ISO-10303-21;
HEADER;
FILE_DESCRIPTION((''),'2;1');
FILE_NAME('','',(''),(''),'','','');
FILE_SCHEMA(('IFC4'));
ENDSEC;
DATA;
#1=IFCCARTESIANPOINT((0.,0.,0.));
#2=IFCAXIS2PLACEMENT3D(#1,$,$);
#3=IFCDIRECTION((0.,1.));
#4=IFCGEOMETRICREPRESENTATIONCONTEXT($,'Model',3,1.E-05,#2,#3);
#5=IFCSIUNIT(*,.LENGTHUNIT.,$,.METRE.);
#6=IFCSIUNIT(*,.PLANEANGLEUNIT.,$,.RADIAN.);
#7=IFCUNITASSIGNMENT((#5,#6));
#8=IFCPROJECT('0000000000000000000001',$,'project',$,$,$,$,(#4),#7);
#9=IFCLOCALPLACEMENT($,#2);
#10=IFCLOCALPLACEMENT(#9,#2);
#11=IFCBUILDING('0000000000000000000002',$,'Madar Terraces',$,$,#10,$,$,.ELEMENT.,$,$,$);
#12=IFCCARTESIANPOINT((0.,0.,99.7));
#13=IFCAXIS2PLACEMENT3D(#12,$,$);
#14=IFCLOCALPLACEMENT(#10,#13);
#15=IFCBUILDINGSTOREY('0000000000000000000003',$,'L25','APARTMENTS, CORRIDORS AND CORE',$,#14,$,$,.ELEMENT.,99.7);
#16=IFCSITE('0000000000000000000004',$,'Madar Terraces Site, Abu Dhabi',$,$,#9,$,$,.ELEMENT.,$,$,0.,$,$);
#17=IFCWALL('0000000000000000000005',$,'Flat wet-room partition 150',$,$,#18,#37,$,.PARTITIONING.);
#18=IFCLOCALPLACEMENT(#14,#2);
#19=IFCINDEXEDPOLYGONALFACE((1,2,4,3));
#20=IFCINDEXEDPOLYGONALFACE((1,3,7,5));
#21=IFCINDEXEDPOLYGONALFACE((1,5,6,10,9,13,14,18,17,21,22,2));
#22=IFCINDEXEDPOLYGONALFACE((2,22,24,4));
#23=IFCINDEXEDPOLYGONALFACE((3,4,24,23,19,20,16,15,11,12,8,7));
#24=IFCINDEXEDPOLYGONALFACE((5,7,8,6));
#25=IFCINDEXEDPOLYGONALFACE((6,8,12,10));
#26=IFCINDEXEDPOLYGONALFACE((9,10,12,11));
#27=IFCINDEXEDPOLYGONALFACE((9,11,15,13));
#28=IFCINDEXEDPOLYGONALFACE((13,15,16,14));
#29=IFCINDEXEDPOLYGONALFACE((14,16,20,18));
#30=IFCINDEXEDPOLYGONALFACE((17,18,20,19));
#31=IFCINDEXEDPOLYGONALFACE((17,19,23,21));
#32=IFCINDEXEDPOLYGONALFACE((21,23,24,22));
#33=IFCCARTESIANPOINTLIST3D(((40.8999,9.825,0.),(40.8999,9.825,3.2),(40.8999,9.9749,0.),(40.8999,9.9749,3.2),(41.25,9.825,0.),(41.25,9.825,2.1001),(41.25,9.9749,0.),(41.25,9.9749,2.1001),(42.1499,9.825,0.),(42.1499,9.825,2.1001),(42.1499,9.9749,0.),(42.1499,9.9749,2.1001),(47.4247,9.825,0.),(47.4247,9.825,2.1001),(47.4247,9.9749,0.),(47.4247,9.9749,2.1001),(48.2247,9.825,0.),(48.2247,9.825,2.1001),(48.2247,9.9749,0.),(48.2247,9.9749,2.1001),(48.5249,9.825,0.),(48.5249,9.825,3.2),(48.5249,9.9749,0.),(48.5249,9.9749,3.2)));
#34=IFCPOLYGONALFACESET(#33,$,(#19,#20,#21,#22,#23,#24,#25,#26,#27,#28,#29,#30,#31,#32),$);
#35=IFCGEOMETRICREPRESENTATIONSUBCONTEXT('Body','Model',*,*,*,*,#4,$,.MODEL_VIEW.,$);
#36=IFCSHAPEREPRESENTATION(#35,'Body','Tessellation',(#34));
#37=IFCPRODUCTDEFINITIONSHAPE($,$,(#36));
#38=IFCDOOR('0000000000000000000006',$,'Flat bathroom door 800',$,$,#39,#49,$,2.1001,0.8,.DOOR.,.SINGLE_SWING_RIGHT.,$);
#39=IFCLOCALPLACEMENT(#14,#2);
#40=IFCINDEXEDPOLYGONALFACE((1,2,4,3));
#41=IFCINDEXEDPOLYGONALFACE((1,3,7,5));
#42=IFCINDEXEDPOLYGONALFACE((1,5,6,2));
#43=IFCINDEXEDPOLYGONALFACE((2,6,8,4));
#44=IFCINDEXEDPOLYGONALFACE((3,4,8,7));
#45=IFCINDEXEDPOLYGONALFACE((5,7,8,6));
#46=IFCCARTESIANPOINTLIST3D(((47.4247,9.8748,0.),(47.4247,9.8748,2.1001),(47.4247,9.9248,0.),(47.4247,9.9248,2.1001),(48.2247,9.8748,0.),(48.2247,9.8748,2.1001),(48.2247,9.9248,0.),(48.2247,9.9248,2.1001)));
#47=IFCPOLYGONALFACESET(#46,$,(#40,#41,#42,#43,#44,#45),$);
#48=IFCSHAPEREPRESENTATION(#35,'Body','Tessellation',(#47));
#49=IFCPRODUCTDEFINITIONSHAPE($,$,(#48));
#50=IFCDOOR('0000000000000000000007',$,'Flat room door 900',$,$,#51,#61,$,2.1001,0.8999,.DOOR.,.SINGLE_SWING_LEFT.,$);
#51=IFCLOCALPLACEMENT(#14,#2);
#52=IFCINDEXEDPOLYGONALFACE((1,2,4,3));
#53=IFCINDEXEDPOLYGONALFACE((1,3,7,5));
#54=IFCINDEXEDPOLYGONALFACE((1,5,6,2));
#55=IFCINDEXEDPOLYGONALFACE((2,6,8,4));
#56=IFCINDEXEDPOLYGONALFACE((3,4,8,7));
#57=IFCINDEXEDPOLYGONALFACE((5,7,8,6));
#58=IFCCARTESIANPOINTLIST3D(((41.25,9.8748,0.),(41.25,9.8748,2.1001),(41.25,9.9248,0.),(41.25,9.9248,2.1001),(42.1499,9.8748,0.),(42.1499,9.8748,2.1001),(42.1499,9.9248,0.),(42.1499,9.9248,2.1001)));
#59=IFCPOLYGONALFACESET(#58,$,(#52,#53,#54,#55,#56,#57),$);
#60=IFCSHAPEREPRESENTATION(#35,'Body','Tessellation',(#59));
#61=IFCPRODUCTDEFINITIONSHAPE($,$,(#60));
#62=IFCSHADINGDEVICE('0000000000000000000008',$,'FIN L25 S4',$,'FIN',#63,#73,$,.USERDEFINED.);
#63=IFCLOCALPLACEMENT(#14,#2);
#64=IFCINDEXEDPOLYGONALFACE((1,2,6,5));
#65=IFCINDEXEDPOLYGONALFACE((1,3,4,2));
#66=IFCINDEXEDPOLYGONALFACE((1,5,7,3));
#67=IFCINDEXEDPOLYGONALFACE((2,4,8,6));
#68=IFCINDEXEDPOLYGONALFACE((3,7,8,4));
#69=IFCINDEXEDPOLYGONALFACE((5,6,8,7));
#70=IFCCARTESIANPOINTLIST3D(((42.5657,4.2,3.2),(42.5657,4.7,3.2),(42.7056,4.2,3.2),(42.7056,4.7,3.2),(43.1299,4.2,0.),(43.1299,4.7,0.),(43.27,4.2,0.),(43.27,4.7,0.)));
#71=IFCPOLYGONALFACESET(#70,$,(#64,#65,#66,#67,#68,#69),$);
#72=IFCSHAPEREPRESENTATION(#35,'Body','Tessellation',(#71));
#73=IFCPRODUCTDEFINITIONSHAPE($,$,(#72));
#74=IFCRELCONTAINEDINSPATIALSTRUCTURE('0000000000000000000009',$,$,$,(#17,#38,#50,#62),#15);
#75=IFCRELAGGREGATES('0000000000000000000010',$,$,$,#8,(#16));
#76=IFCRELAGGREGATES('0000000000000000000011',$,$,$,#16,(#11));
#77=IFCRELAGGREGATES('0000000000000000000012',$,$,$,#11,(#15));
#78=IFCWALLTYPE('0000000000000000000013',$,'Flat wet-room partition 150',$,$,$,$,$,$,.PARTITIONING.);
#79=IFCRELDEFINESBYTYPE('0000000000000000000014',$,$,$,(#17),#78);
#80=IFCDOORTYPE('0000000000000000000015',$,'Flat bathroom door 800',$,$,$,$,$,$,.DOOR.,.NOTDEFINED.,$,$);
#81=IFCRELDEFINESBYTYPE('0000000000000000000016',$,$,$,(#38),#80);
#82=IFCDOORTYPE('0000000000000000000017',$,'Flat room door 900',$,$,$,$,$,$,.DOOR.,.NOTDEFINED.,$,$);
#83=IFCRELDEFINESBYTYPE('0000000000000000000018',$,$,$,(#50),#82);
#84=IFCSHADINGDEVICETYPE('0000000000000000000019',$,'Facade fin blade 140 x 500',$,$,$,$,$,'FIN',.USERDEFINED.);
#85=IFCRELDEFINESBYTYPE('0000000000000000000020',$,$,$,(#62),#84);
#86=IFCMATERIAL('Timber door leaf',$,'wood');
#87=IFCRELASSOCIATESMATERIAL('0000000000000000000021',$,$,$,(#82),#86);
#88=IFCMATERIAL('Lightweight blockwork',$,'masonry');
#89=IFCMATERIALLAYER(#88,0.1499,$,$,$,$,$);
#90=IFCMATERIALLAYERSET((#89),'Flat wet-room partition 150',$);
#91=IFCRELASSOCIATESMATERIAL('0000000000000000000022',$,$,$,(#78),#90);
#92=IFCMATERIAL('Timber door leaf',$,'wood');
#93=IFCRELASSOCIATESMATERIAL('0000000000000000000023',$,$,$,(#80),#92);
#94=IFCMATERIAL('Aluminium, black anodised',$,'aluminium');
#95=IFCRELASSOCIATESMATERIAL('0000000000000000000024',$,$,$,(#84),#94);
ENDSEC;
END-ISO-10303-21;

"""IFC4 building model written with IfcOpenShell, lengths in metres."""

from ifc_helpers import new_model, si_unit, direction, frame, frame_2d, origin, place, context, subcontext, project, spatial, polyline, rectangle, outline, extrude, material, layer, layer_set, type_object, element, fill, save


model = new_model("IFC4")

# Units and contexts
model_context = context("Model", 3, precision=1e-05, world=origin(), true_north=direction((0.0, 1.0)))
body_context = subcontext(model_context, "Body", "Model", "MODEL_VIEW")
ifc_project = project(units=[si_unit("LENGTHUNIT", "METRE"), si_unit("PLANEANGLEUNIT", "RADIAN")], contexts=[model_context])

# Site, building, storey
site_placement = place(None, origin())
site = spatial("IfcSite", under=ifc_project, at=site_placement, Name="Madar Terraces Site, Abu Dhabi", CompositionType="ELEMENT", RefElevation=0.0)
building_placement = place(site_placement, origin())
building = spatial("IfcBuilding", under=site, at=building_placement, Name="Madar Terraces", CompositionType="ELEMENT")
storey_placement = place(building_placement, frame((0.0, 0.0, 99.7)))
storey = spatial("IfcBuildingStorey", under=building, at=storey_placement, Name="L25", Description="APARTMENTS, CORRIDORS AND CORE", CompositionType="ELEMENT", Elevation=99.7)

# Shared definitions
ifc_material_1 = material(Name="Timber door leaf", Category="wood")
door_type_1 = type_object("IfcDoorType", Name="Flat room door 900", OperationType="NOTDEFINED", PredefinedType="DOOR", material=ifc_material_1)

# Shared definitions
ifc_material_2 = material(Name="Lightweight blockwork", Category="masonry")
ifc_layer_1 = layer(ifc_material_2, 0.1499)
ifc_layer_set_1 = layer_set([ifc_layer_1], Name="Flat wet-room partition 150")
wall_type_1 = type_object("IfcWallType", Name="Flat wet-room partition 150", PredefinedType="PARTITIONING", material=ifc_layer_set_1)

# Wall, openings, doors
wall_1_placement = place(storey_placement, frame((40.8999, 9.8999, 0.0), z_axis=(0.0, 0.0, 1.0), x_axis=(1.0, 0.0, 0.0)))
wall_1 = element("IfcWall", 1, at=wall_1_placement, inside=storey, type_object=wall_type_1, Name="Flat wet-room partition 150", PredefinedType="PARTITIONING", context=body_context, shape_type="SweptSolid", body=[
    extrude(rectangle(XDim=7.625, YDim=0.1499, at=frame_2d((3.8125, 0.0))), origin(), (0.0, 0.0, 1.0), 3.2),
])
opening_1_placement = place(wall_1_placement, frame((6.5249, 0.0, 0.0)))
opening_1 = element("IfcOpeningElement", 2, at=opening_1_placement, cuts=wall_1, PredefinedType="OPENING", context=body_context, shape_type="SweptSolid", body=[
    extrude(rectangle(XDim=0.8, YDim=2.1001, at=frame_2d((0.3999, 1.05))), frame((0.0, 0.085, 0.0), z_axis=(0.0, -1.0, 0.0), x_axis=(1.0, 0.0, 0.0)), (0.0, 0.0, 1.0), 0.1699),
])
opening_2_placement = place(wall_1_placement, frame((0.3501, 0.0, 0.0)))
opening_2 = element("IfcOpeningElement", 3, at=opening_2_placement, cuts=wall_1, PredefinedType="OPENING", context=body_context, shape_type="SweptSolid", body=[
    extrude(rectangle(XDim=0.8999, YDim=2.1001, at=frame_2d((0.45, 1.05))), frame((0.0, 0.085, 0.0), z_axis=(0.0, -1.0, 0.0), x_axis=(1.0, 0.0, 0.0)), (0.0, 0.0, 1.0), 0.1699),
])
ifc_material_3 = material(Name="Timber door leaf", Category="wood")
door_type_2 = type_object("IfcDoorType", Name="Flat bathroom door 800", OperationType="NOTDEFINED", PredefinedType="DOOR", material=ifc_material_3)
door_1_placement = place(opening_1_placement, origin())
door_1 = element("IfcDoor", 4, at=door_1_placement, inside=storey, type_object=door_type_2, Name="Flat bathroom door 800", OperationType="SINGLE_SWING_RIGHT", OverallHeight=2.1001, OverallWidth=0.8, PredefinedType="DOOR", context=body_context, shape_type="SweptSolid", body=[
    extrude(rectangle(XDim=0.8, YDim=2.1001, at=frame_2d((0.3999, 1.05))), frame((0.0, 0.0249, 0.0), z_axis=(0.0, -1.0, 0.0), x_axis=(1.0, 0.0, 0.0)), (0.0, 0.0, 1.0), 0.05),
])
fill(opening_1, door_1)
door_2_placement = place(opening_2_placement, origin())
door_2 = element("IfcDoor", 5, at=door_2_placement, inside=storey, type_object=door_type_1, Name="Flat room door 900", OperationType="SINGLE_SWING_LEFT", OverallHeight=2.1001, OverallWidth=0.8999, PredefinedType="DOOR", context=body_context, shape_type="SweptSolid", body=[
    extrude(rectangle(XDim=0.8999, YDim=2.1001, at=frame_2d((0.45, 1.05))), frame((0.0, 0.0249, 0.0), z_axis=(0.0, -1.0, 0.0), x_axis=(1.0, 0.0, 0.0)), (0.0, 0.0, 1.0), 0.05),
])
fill(opening_2, door_2)

# Shading device
ifc_material_4 = material(Name="Aluminium, black anodised", Category="aluminium")
shading_device_type = type_object("IfcShadingDeviceType", Name="Facade fin blade 140 x 500", ElementType="FIN", PredefinedType="USERDEFINED", material=ifc_material_4)
shading_device_placement = place(storey_placement, frame((43.1299, 4.45, 0.0), z_axis=(0.0, 0.0, 1.0), x_axis=(1.0, 0.0, 0.0)))
element("IfcShadingDevice", 6, at=shading_device_placement, inside=storey, type_object=shading_device_type, Name="FIN L25 S4", ObjectType="FIN", PredefinedType="USERDEFINED", context=body_context, shape_type="SweptSolid", body=[
    extrude(outline(polyline([(0.0, 0.0), (0.1401, 0.0), (-0.4243, 3.2), (-0.5642, 3.2), (0.0, 0.0)])), frame((0.0, 0.25, 0.0), z_axis=(0.0, -1.0, 0.0), x_axis=(1.0, 0.0, 0.0)), (0.0, 0.0, 1.0), 0.5),
])

save(model, "model.ifc")
